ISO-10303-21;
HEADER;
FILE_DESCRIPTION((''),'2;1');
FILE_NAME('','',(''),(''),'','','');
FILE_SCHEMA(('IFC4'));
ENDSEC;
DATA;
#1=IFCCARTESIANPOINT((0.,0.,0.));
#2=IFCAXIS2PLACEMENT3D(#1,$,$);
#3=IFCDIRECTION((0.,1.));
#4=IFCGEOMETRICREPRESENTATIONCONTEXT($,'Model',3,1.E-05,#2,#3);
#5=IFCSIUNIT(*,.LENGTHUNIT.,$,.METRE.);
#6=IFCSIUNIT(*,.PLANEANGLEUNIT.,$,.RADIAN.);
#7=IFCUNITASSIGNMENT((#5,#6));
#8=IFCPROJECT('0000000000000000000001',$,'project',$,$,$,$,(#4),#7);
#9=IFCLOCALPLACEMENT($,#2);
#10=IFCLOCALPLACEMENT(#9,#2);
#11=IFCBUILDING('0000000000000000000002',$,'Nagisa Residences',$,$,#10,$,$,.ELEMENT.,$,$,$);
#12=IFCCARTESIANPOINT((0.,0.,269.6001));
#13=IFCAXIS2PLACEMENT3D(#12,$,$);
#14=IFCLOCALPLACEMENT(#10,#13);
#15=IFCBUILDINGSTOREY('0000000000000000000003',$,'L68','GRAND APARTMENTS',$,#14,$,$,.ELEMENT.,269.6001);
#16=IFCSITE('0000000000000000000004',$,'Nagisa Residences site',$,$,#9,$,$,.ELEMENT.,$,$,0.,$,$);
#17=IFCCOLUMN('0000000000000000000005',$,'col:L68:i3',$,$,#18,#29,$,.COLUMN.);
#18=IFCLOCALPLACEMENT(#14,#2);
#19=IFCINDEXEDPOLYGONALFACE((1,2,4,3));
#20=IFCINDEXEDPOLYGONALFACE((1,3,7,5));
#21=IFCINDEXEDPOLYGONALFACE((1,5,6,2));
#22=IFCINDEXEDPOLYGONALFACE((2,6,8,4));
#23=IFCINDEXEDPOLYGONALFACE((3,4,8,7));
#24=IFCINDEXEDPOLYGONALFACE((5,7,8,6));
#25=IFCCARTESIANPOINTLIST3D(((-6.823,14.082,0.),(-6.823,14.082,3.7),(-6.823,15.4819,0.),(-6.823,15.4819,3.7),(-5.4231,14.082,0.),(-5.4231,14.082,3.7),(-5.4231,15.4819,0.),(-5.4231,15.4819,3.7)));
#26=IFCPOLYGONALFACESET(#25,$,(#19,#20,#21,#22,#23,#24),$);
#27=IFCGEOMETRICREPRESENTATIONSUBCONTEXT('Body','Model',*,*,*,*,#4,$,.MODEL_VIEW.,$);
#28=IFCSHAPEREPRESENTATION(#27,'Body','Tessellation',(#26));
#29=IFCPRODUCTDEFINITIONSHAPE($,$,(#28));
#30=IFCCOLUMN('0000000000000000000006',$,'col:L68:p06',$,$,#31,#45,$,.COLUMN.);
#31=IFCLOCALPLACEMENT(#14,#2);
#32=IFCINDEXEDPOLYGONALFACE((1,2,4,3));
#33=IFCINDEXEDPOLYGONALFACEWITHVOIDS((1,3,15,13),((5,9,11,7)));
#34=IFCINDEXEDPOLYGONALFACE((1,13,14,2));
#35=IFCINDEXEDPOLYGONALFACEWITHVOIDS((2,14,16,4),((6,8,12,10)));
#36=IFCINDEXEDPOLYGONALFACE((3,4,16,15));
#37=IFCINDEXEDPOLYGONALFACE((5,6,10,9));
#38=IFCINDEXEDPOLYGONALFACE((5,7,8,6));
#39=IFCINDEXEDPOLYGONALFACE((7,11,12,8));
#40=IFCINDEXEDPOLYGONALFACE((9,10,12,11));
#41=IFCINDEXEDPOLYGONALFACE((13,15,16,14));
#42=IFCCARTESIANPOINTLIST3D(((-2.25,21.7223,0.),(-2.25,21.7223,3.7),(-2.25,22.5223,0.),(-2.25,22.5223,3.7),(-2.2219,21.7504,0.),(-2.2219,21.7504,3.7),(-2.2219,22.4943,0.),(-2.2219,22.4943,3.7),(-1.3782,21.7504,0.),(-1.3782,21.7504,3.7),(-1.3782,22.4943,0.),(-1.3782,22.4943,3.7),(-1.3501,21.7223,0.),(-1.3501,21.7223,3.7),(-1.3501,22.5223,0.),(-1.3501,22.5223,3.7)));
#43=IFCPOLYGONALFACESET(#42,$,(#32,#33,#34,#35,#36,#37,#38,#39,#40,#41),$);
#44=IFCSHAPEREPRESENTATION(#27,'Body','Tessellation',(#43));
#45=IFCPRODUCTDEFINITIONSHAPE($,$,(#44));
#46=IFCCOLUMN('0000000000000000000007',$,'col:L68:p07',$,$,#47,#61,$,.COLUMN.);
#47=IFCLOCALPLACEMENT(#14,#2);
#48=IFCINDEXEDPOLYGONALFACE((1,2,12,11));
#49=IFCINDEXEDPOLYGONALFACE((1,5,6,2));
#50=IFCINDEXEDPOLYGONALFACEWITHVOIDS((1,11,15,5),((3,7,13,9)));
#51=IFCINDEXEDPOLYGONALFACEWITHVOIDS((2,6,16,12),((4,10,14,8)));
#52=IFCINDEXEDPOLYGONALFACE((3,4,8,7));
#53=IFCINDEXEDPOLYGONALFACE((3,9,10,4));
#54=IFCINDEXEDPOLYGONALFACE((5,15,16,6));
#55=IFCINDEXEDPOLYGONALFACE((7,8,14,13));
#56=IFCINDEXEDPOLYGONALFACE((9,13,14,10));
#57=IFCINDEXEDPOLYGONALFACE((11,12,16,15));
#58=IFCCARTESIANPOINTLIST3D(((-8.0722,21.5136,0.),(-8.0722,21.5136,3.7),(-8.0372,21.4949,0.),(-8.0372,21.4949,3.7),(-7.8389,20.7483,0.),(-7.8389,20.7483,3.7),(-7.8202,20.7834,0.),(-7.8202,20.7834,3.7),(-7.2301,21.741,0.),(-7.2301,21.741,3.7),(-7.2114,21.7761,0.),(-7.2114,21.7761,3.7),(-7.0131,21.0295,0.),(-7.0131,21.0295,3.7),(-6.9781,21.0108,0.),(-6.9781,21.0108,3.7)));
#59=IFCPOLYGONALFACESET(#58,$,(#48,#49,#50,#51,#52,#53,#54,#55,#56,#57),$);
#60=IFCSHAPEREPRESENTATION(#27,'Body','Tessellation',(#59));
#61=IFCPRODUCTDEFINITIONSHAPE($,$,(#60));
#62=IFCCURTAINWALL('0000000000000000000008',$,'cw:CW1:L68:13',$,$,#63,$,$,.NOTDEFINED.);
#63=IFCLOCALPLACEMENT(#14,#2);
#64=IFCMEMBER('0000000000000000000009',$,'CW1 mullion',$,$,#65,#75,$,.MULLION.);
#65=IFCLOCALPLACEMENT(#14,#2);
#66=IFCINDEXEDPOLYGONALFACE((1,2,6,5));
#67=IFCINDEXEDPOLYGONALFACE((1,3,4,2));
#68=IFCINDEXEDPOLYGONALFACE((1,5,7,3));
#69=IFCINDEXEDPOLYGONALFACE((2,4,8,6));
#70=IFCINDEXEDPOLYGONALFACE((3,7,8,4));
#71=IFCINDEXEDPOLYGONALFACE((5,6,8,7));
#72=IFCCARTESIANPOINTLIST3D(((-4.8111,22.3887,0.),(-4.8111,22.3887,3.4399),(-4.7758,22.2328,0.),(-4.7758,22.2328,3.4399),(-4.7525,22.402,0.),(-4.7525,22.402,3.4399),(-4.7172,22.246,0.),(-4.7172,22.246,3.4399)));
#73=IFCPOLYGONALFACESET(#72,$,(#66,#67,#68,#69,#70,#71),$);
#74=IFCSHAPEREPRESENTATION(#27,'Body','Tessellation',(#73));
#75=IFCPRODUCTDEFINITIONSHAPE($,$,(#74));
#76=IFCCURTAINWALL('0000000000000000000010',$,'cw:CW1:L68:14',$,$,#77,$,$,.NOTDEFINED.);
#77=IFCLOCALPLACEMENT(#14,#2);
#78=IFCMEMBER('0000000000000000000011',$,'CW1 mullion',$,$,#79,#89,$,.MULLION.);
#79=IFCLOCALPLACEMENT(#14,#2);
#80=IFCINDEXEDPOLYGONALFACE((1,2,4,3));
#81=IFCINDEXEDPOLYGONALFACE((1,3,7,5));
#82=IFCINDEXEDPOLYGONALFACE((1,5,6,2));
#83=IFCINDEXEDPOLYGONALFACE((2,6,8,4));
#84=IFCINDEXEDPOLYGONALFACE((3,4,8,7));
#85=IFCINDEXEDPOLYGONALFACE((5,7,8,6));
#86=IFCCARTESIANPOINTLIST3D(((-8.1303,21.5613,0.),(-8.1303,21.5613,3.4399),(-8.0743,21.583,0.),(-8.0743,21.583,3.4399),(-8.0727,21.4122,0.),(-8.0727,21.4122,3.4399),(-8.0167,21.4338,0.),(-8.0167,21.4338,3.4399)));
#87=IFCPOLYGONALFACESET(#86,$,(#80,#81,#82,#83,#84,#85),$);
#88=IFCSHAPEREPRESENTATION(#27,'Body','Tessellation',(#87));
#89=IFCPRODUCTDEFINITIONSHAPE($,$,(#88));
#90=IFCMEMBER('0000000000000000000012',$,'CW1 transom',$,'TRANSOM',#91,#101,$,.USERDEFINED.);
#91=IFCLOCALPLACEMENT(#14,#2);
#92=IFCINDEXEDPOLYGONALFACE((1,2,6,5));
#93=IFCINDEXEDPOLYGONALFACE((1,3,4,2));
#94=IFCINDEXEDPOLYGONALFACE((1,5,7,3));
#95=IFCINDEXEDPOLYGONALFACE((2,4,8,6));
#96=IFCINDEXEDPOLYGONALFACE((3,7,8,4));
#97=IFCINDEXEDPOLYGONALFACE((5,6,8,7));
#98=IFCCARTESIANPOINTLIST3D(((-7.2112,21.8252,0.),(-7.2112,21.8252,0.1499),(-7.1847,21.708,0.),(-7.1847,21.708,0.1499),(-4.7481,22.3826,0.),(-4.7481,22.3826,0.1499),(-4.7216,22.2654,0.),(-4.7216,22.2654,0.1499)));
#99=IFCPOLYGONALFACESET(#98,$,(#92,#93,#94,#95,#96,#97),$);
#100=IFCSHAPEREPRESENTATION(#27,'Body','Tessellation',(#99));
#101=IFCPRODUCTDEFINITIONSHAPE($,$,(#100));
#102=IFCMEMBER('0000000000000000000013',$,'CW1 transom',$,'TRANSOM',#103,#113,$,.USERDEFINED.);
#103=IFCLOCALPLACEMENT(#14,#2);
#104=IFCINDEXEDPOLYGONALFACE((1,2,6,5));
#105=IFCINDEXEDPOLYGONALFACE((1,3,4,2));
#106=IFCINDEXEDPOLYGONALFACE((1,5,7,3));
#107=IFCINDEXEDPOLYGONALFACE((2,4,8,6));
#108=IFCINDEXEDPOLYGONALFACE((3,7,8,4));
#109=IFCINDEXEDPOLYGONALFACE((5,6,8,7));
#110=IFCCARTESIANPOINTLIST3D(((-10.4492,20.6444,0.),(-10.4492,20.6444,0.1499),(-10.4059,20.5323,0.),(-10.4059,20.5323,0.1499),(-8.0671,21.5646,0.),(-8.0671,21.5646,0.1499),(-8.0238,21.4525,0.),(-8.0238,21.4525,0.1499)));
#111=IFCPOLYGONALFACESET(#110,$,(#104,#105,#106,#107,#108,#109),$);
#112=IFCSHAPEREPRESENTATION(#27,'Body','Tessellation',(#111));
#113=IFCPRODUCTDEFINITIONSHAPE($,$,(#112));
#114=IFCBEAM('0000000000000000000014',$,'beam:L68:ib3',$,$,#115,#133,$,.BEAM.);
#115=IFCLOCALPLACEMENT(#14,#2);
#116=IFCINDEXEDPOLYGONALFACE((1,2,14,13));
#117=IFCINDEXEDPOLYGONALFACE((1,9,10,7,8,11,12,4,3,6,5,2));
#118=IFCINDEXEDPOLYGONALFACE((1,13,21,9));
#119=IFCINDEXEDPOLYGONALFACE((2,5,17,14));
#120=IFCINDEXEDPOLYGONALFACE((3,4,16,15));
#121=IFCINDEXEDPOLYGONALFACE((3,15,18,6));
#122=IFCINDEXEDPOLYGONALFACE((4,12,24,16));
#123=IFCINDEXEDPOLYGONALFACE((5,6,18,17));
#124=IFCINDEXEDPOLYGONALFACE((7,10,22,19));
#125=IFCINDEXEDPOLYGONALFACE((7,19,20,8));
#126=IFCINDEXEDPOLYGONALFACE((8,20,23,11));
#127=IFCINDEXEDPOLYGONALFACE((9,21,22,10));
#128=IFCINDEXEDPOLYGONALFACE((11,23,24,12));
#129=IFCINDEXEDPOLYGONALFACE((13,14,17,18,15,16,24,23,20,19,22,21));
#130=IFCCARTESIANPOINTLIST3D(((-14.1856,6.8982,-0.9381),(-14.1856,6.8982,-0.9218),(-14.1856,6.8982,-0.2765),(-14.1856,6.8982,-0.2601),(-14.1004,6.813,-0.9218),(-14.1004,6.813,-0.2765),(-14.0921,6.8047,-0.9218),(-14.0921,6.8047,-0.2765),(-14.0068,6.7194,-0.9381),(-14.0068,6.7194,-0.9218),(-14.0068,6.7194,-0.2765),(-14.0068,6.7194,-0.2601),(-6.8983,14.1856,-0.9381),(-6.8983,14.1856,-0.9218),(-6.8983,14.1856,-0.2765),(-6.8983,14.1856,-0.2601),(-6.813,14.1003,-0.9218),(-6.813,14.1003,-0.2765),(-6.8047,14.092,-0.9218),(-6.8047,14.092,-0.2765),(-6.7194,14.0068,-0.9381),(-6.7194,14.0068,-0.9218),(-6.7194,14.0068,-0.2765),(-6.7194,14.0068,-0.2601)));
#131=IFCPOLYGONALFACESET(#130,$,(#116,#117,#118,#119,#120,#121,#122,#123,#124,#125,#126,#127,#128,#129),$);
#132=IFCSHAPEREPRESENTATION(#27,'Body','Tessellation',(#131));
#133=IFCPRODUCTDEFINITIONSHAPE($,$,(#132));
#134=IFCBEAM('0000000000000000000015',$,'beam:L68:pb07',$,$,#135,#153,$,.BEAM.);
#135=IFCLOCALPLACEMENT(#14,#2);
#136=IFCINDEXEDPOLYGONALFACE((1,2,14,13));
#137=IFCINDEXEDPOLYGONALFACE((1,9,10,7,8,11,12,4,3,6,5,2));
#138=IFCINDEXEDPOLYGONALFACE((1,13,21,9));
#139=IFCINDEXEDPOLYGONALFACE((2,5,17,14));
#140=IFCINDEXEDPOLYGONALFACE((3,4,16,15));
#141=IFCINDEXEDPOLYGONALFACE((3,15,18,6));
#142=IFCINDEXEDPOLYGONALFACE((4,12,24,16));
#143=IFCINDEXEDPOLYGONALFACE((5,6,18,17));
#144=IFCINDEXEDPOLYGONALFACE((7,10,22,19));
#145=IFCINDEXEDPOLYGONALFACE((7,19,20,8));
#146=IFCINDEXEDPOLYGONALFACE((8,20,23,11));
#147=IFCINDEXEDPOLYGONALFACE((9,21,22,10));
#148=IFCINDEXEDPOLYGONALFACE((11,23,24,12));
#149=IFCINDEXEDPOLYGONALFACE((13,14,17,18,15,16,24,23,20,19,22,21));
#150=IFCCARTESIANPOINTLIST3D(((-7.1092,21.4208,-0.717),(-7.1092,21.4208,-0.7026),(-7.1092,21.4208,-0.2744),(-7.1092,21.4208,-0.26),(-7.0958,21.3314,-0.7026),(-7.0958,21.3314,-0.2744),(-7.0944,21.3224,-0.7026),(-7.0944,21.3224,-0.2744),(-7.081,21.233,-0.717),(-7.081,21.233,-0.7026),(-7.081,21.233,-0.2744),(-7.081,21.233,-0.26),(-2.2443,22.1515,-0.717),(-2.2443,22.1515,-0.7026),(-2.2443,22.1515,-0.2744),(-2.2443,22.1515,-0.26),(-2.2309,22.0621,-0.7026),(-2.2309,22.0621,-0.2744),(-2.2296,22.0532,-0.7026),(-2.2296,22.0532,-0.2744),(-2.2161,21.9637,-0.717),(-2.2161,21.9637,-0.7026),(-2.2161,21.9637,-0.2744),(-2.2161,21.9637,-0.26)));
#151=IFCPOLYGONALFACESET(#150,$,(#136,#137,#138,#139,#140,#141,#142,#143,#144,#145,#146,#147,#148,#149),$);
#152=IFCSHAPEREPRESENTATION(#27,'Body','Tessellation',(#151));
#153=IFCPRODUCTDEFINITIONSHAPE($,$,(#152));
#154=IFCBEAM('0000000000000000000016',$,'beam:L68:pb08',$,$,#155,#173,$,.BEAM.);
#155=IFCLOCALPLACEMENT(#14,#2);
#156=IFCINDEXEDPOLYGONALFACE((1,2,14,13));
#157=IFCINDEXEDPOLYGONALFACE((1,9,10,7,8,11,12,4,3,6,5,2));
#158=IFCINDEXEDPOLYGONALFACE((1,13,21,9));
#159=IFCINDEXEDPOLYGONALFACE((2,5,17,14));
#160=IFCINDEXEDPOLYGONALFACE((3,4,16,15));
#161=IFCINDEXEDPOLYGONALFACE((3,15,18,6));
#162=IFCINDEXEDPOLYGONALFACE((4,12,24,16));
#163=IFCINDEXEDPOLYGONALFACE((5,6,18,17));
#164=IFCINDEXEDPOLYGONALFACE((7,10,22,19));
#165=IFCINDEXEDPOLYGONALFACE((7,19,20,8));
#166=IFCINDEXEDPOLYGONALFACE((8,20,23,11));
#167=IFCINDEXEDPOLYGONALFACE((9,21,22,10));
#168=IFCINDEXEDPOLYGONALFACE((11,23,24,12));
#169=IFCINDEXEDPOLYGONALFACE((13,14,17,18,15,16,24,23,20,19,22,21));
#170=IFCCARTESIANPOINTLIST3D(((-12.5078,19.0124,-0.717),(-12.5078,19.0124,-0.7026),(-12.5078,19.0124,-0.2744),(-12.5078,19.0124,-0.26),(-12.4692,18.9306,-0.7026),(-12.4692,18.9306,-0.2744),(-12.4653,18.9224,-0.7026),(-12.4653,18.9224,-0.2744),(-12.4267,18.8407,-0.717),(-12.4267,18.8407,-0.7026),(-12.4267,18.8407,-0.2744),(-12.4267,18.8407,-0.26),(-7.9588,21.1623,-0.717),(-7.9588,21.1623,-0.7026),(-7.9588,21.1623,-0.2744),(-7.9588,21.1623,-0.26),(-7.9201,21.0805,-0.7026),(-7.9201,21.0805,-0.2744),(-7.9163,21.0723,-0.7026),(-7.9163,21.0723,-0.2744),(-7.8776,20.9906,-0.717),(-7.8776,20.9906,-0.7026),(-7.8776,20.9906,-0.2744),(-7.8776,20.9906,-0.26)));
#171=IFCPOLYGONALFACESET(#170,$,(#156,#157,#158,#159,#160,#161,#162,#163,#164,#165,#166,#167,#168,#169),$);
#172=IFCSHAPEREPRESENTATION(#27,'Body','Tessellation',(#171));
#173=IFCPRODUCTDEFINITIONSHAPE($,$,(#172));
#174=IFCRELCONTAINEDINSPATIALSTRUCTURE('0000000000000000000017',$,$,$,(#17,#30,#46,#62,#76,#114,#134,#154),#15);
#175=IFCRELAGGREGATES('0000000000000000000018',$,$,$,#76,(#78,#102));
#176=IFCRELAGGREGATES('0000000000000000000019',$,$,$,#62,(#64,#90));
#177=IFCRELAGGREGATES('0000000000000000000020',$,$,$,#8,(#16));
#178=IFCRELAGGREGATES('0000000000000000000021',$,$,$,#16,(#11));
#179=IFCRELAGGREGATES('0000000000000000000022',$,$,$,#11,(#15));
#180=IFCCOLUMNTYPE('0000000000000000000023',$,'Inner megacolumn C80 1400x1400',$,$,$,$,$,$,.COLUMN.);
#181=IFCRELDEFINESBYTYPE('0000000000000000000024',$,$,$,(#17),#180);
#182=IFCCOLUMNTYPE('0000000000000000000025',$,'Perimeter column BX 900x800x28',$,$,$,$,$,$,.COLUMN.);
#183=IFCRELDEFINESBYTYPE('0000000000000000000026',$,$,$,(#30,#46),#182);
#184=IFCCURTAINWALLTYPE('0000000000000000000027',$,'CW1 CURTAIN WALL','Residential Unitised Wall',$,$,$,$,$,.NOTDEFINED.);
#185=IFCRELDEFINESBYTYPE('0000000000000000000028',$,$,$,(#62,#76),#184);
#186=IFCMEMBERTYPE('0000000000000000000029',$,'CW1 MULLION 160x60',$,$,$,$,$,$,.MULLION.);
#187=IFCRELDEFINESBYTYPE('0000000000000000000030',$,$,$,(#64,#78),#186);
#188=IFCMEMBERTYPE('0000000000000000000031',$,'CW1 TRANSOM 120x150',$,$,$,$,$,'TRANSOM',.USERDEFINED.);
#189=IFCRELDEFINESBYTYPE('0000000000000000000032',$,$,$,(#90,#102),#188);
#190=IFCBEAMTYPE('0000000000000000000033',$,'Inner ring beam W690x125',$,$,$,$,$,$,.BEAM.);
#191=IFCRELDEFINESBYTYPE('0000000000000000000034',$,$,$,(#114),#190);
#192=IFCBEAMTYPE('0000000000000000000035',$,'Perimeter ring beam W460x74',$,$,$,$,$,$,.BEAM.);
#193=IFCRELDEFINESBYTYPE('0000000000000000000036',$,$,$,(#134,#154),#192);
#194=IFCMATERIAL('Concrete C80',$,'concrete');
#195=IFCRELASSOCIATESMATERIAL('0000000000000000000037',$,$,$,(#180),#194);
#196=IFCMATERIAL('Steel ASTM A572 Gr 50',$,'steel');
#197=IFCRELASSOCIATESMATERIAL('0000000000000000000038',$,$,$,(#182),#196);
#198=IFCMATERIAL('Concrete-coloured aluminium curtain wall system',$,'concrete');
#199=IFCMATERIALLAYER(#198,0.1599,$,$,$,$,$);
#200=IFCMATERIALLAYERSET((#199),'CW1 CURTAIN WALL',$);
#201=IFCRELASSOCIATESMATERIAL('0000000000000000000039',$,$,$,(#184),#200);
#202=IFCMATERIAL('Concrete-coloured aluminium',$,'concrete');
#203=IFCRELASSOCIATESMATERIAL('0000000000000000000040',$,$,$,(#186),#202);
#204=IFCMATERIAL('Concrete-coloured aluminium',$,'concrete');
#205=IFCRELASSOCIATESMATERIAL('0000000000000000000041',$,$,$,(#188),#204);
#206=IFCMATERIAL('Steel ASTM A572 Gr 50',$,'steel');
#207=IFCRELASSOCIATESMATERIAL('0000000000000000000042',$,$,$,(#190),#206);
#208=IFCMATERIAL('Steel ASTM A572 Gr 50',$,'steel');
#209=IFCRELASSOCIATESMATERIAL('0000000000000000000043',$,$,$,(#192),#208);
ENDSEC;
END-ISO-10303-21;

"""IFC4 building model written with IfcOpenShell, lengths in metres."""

from ifc_helpers import new_model, si_unit, direction, frame, origin, origin_2d, place, context, subcontext, project, spatial, rectangle, hollow_rectangle, i_section, extrude, material, layer, layer_set, material_profile, profile_set, type_object, element, aggregate, save


model = new_model("IFC4")

# Units and contexts
model_context = context("Model", 3, precision=1e-05, world=origin(), true_north=direction((0.0, 1.0)))
body_context = subcontext(model_context, "Body", "Model", "MODEL_VIEW")
ifc_project = project(units=[si_unit("LENGTHUNIT", "METRE"), si_unit("PLANEANGLEUNIT", "RADIAN")], contexts=[model_context])

# Site, building, storey
site_placement = place(None, origin())
site = spatial("IfcSite", under=ifc_project, at=site_placement, Name="Nagisa Residences site", CompositionType="ELEMENT", RefElevation=0.0)
building_placement = place(site_placement, origin())
building = spatial("IfcBuilding", under=site, at=building_placement, Name="Nagisa Residences", CompositionType="ELEMENT")
storey_placement = place(building_placement, frame((0.0, 0.0, 269.6001)))
storey = spatial("IfcBuildingStorey", under=building, at=storey_placement, Name="L68", Description="GRAND APARTMENTS", CompositionType="ELEMENT", Elevation=269.6001)

# Columns
ifc_material_1 = material(Name="Concrete C80", Category="concrete")
ifc_material_profile_1 = material_profile(ifc_material_1, rectangle(XDim=1.3999, YDim=1.3999, at=origin_2d()), Name="C80 1400x1400")
ifc_profile_set_1 = profile_set([ifc_material_profile_1], Name="Concrete C80")
column_type_1 = type_object("IfcColumnType", Name="Inner megacolumn C80 1400x1400", PredefinedType="COLUMN", material=ifc_profile_set_1)
column_placement = place(storey_placement, frame((-6.123, 14.782, 0.0), z_axis=(0.0, 0.0, 1.0), x_axis=(1.0, 0.0, 0.0)))
element("IfcColumn", 1, at=column_placement, inside=storey, type_object=column_type_1, Name="col:L68:i3", PredefinedType="COLUMN", context=body_context, shape_type="SweptSolid", body=[
    extrude(rectangle(XDim=1.3999, YDim=1.3999, at=origin_2d()), origin(), (0.0, 0.0, 1.0), 3.7),
])
ifc_material_2 = material(Name="Steel ASTM A572 Gr 50", Category="steel")
ifc_material_profile_2 = material_profile(ifc_material_2, hollow_rectangle(XDim=0.8999, YDim=0.8, WallThickness=0.0281, at=origin_2d()), Name="BX 900x800x28")
ifc_profile_set_2 = profile_set([ifc_material_profile_2], Name="Steel ASTM A572 Gr 50")
column_type_2 = type_object("IfcColumnType", Name="Perimeter column BX 900x800x28", PredefinedType="COLUMN", material=ifc_profile_set_2)
for number, where, z_axis, x_axis, name in (
    (2, (-1.8, 22.1223, 0.0), (0.0, 0.0, 1.0), (-1.0, 0.0, 0.0), "col:L68:p06"),
    (3, (-7.5251, 21.2622, 0.0), (0.0, 0.0, 1.0), (-0.956525, -0.291652, 0.0), "col:L68:p07"),
):
    element("IfcColumn", number, at=place(storey_placement, frame(where, z_axis=z_axis, x_axis=x_axis)), inside=storey, type_object=column_type_2, Name=name, PredefinedType="COLUMN", context=body_context, shape_type="SweptSolid", body=[
        extrude(hollow_rectangle(XDim=0.8999, YDim=0.8, WallThickness=0.0281, at=origin_2d()), origin(), (0.0, 0.0, 1.0), 3.7),
    ])

# Curtain walls, members
ifc_material_3 = material(Name="Concrete-coloured aluminium curtain wall system", Category="concrete")
ifc_layer_1 = layer(ifc_material_3, 0.1599)
ifc_layer_set_1 = layer_set([ifc_layer_1], Name="CW1 CURTAIN WALL")
curtain_wall_type = type_object("IfcCurtainWallType", Name="CW1 CURTAIN WALL", Description="Residential Unitised Wall", PredefinedType="NOTDEFINED", material=ifc_layer_set_1)
curtain_wall_1_placement = place(storey_placement, origin())
curtain_wall_1 = element("IfcCurtainWall", 4, at=curtain_wall_1_placement, inside=storey, type_object=curtain_wall_type, Name="cw:CW1:L68:13", PredefinedType="NOTDEFINED")
ifc_material_4 = material(Name="Concrete-coloured aluminium", Category="concrete")
ifc_material_profile_3 = material_profile(ifc_material_4, rectangle(XDim=0.1599, YDim=0.0601, at=origin_2d()), Name="CW1 MULLION 160x60")
ifc_profile_set_3 = profile_set([ifc_material_profile_3], Name="Concrete-coloured aluminium")
member_type_1 = type_object("IfcMemberType", Name="CW1 MULLION 160x60", PredefinedType="MULLION", material=ifc_profile_set_3)
member_1_placement = place(storey_placement, frame((-4.7642, 22.3174, 0.0), z_axis=(0.0, 0.0, 1.0), x_axis=(0.220764, -0.975327, 0.0)))
member_1 = element("IfcMember", 5, at=member_1_placement, type_object=member_type_1, Name="CW1 mullion", PredefinedType="MULLION", context=body_context, shape_type="SweptSolid", body=[
    extrude(rectangle(XDim=0.1599, YDim=0.0601, at=origin_2d()), origin(), (0.0, 0.0, 1.0), 3.4399),
])
curtain_wall_2_placement = place(storey_placement, origin())
curtain_wall_2 = element("IfcCurtainWall", 6, at=curtain_wall_2_placement, inside=storey, type_object=curtain_wall_type, Name="cw:CW1:L68:14", PredefinedType="NOTDEFINED")
member_2_placement = place(storey_placement, frame((-8.0735, 21.4976, 0.0), z_axis=(0.0, 0.0, 1.0), x_axis=(0.360328, -0.932826, 0.0)))
member_2 = element("IfcMember", 7, at=member_2_placement, type_object=member_type_1, Name="CW1 mullion", PredefinedType="MULLION", context=body_context, shape_type="SweptSolid", body=[
    extrude(rectangle(XDim=0.1599, YDim=0.0601, at=origin_2d()), origin(), (0.0, 0.0, 1.0), 3.4399),
])

# Members
ifc_material_5 = material(Name="Concrete-coloured aluminium", Category="concrete")
ifc_material_profile_4 = material_profile(ifc_material_5, rectangle(XDim=0.1201, YDim=0.1499, at=origin_2d()), Name="CW1 TRANSOM 120x150")
ifc_profile_set_4 = profile_set([ifc_material_profile_4], Name="Concrete-coloured aluminium")
member_type_2 = type_object("IfcMemberType", Name="CW1 TRANSOM 120x150", ElementType="TRANSOM", PredefinedType="USERDEFINED", material=ifc_profile_set_4)
member_3_placement = place(storey_placement, frame((-4.7349, 22.324, 0.075), z_axis=(-0.97534, -0.220706, 0.0), x_axis=(0.220706, -0.97534, 0.0)))
member_3 = element("IfcMember", 8, at=member_3_placement, type_object=member_type_2, Name="CW1 transom", ObjectType="TRANSOM", PredefinedType="USERDEFINED", context=body_context, shape_type="SweptSolid", body=[
    extrude(rectangle(XDim=0.1201, YDim=0.1499, at=origin_2d()), origin(), (0.0, 0.0, 1.0), 2.5254),
])
member_4_placement = place(storey_placement, frame((-8.0454, 21.5085, 0.075), z_axis=(-0.932822, -0.360337, 0.0), x_axis=(0.360337, -0.932822, 0.0)))
member_4 = element("IfcMember", 9, at=member_4_placement, type_object=member_type_2, Name="CW1 transom", ObjectType="TRANSOM", PredefinedType="USERDEFINED", context=body_context, shape_type="SweptSolid", body=[
    extrude(rectangle(XDim=0.1201, YDim=0.1499, at=origin_2d()), origin(), (0.0, 0.0, 1.0), 2.5537),
])
aggregate(curtain_wall_2, [member_2, member_4])

# Beams
ifc_material_6 = material(Name="Steel ASTM A572 Gr 50", Category="steel")
ifc_material_profile_5 = material_profile(ifc_material_6, i_section(OverallWidth=0.2529, OverallDepth=0.678, WebThickness=0.0117, FlangeThickness=0.0164, at=origin_2d()), Name="W690x125")
ifc_profile_set_5 = profile_set([ifc_material_profile_5], Name="Steel ASTM A572 Gr 50")
beam_type_1 = type_object("IfcBeamType", Name="Inner ring beam W690x125", PredefinedType="BEAM", material=ifc_profile_set_5)
beam_1_placement = place(storey_placement, frame((-6.8088, 14.0962, -0.5991), z_axis=(-0.707107, -0.707107, 0.0), x_axis=(0.707107, -0.707107, 0.0)))
element("IfcBeam", 10, at=beam_1_placement, inside=storey, type_object=beam_type_1, Name="beam:L68:ib3", PredefinedType="BEAM", context=body_context, shape_type="SweptSolid", body=[
    extrude(i_section(OverallWidth=0.2529, OverallDepth=0.678, WebThickness=0.0117, FlangeThickness=0.0164, at=origin_2d()), origin(), (0.0, 0.0, 1.0), 10.3059),
])
ifc_material_7 = material(Name="Steel ASTM A572 Gr 50", Category="steel")
ifc_material_profile_6 = material_profile(ifc_material_7, i_section(OverallWidth=0.1899, OverallDepth=0.457, WebThickness=0.009, FlangeThickness=0.0144, at=origin_2d()), Name="W460x74")
ifc_profile_set_6 = profile_set([ifc_material_profile_6], Name="Steel ASTM A572 Gr 50")
beam_type_2 = type_object("IfcBeamType", Name="Perimeter ring beam W460x74", PredefinedType="BEAM", material=ifc_profile_set_6)
beam_2_placement = place(storey_placement, frame((-2.2302, 22.0576, -0.4885), z_axis=(-0.988906, -0.148539, 0.0), x_axis=(0.148539, -0.988906, 0.0)))
element("IfcBeam", 11, at=beam_2_placement, inside=storey, type_object=beam_type_2, Name="beam:L68:pb07", PredefinedType="BEAM", context=body_context, shape_type="SweptSolid", body=[
    extrude(i_section(OverallWidth=0.1899, OverallDepth=0.457, WebThickness=0.009, FlangeThickness=0.0144, at=origin_2d()), origin(), (0.0, 0.0, 1.0), 4.9194),
])
beam_3_placement = place(storey_placement, frame((-7.9182, 21.0764, -0.4885), z_axis=(-0.904116, -0.427287, 0.0), x_axis=(0.427287, -0.904116, 0.0)))
element("IfcBeam", 12, at=beam_3_placement, inside=storey, type_object=beam_type_2, Name="beam:L68:pb08", PredefinedType="BEAM", context=body_context, shape_type="SweptSolid", body=[
    extrude(i_section(OverallWidth=0.1899, OverallDepth=0.457, WebThickness=0.009, FlangeThickness=0.0144, at=origin_2d()), origin(), (0.0, 0.0, 1.0), 5.0315),
])

aggregate(curtain_wall_1, [member_1, member_3])

save(model, "model.ifc")
